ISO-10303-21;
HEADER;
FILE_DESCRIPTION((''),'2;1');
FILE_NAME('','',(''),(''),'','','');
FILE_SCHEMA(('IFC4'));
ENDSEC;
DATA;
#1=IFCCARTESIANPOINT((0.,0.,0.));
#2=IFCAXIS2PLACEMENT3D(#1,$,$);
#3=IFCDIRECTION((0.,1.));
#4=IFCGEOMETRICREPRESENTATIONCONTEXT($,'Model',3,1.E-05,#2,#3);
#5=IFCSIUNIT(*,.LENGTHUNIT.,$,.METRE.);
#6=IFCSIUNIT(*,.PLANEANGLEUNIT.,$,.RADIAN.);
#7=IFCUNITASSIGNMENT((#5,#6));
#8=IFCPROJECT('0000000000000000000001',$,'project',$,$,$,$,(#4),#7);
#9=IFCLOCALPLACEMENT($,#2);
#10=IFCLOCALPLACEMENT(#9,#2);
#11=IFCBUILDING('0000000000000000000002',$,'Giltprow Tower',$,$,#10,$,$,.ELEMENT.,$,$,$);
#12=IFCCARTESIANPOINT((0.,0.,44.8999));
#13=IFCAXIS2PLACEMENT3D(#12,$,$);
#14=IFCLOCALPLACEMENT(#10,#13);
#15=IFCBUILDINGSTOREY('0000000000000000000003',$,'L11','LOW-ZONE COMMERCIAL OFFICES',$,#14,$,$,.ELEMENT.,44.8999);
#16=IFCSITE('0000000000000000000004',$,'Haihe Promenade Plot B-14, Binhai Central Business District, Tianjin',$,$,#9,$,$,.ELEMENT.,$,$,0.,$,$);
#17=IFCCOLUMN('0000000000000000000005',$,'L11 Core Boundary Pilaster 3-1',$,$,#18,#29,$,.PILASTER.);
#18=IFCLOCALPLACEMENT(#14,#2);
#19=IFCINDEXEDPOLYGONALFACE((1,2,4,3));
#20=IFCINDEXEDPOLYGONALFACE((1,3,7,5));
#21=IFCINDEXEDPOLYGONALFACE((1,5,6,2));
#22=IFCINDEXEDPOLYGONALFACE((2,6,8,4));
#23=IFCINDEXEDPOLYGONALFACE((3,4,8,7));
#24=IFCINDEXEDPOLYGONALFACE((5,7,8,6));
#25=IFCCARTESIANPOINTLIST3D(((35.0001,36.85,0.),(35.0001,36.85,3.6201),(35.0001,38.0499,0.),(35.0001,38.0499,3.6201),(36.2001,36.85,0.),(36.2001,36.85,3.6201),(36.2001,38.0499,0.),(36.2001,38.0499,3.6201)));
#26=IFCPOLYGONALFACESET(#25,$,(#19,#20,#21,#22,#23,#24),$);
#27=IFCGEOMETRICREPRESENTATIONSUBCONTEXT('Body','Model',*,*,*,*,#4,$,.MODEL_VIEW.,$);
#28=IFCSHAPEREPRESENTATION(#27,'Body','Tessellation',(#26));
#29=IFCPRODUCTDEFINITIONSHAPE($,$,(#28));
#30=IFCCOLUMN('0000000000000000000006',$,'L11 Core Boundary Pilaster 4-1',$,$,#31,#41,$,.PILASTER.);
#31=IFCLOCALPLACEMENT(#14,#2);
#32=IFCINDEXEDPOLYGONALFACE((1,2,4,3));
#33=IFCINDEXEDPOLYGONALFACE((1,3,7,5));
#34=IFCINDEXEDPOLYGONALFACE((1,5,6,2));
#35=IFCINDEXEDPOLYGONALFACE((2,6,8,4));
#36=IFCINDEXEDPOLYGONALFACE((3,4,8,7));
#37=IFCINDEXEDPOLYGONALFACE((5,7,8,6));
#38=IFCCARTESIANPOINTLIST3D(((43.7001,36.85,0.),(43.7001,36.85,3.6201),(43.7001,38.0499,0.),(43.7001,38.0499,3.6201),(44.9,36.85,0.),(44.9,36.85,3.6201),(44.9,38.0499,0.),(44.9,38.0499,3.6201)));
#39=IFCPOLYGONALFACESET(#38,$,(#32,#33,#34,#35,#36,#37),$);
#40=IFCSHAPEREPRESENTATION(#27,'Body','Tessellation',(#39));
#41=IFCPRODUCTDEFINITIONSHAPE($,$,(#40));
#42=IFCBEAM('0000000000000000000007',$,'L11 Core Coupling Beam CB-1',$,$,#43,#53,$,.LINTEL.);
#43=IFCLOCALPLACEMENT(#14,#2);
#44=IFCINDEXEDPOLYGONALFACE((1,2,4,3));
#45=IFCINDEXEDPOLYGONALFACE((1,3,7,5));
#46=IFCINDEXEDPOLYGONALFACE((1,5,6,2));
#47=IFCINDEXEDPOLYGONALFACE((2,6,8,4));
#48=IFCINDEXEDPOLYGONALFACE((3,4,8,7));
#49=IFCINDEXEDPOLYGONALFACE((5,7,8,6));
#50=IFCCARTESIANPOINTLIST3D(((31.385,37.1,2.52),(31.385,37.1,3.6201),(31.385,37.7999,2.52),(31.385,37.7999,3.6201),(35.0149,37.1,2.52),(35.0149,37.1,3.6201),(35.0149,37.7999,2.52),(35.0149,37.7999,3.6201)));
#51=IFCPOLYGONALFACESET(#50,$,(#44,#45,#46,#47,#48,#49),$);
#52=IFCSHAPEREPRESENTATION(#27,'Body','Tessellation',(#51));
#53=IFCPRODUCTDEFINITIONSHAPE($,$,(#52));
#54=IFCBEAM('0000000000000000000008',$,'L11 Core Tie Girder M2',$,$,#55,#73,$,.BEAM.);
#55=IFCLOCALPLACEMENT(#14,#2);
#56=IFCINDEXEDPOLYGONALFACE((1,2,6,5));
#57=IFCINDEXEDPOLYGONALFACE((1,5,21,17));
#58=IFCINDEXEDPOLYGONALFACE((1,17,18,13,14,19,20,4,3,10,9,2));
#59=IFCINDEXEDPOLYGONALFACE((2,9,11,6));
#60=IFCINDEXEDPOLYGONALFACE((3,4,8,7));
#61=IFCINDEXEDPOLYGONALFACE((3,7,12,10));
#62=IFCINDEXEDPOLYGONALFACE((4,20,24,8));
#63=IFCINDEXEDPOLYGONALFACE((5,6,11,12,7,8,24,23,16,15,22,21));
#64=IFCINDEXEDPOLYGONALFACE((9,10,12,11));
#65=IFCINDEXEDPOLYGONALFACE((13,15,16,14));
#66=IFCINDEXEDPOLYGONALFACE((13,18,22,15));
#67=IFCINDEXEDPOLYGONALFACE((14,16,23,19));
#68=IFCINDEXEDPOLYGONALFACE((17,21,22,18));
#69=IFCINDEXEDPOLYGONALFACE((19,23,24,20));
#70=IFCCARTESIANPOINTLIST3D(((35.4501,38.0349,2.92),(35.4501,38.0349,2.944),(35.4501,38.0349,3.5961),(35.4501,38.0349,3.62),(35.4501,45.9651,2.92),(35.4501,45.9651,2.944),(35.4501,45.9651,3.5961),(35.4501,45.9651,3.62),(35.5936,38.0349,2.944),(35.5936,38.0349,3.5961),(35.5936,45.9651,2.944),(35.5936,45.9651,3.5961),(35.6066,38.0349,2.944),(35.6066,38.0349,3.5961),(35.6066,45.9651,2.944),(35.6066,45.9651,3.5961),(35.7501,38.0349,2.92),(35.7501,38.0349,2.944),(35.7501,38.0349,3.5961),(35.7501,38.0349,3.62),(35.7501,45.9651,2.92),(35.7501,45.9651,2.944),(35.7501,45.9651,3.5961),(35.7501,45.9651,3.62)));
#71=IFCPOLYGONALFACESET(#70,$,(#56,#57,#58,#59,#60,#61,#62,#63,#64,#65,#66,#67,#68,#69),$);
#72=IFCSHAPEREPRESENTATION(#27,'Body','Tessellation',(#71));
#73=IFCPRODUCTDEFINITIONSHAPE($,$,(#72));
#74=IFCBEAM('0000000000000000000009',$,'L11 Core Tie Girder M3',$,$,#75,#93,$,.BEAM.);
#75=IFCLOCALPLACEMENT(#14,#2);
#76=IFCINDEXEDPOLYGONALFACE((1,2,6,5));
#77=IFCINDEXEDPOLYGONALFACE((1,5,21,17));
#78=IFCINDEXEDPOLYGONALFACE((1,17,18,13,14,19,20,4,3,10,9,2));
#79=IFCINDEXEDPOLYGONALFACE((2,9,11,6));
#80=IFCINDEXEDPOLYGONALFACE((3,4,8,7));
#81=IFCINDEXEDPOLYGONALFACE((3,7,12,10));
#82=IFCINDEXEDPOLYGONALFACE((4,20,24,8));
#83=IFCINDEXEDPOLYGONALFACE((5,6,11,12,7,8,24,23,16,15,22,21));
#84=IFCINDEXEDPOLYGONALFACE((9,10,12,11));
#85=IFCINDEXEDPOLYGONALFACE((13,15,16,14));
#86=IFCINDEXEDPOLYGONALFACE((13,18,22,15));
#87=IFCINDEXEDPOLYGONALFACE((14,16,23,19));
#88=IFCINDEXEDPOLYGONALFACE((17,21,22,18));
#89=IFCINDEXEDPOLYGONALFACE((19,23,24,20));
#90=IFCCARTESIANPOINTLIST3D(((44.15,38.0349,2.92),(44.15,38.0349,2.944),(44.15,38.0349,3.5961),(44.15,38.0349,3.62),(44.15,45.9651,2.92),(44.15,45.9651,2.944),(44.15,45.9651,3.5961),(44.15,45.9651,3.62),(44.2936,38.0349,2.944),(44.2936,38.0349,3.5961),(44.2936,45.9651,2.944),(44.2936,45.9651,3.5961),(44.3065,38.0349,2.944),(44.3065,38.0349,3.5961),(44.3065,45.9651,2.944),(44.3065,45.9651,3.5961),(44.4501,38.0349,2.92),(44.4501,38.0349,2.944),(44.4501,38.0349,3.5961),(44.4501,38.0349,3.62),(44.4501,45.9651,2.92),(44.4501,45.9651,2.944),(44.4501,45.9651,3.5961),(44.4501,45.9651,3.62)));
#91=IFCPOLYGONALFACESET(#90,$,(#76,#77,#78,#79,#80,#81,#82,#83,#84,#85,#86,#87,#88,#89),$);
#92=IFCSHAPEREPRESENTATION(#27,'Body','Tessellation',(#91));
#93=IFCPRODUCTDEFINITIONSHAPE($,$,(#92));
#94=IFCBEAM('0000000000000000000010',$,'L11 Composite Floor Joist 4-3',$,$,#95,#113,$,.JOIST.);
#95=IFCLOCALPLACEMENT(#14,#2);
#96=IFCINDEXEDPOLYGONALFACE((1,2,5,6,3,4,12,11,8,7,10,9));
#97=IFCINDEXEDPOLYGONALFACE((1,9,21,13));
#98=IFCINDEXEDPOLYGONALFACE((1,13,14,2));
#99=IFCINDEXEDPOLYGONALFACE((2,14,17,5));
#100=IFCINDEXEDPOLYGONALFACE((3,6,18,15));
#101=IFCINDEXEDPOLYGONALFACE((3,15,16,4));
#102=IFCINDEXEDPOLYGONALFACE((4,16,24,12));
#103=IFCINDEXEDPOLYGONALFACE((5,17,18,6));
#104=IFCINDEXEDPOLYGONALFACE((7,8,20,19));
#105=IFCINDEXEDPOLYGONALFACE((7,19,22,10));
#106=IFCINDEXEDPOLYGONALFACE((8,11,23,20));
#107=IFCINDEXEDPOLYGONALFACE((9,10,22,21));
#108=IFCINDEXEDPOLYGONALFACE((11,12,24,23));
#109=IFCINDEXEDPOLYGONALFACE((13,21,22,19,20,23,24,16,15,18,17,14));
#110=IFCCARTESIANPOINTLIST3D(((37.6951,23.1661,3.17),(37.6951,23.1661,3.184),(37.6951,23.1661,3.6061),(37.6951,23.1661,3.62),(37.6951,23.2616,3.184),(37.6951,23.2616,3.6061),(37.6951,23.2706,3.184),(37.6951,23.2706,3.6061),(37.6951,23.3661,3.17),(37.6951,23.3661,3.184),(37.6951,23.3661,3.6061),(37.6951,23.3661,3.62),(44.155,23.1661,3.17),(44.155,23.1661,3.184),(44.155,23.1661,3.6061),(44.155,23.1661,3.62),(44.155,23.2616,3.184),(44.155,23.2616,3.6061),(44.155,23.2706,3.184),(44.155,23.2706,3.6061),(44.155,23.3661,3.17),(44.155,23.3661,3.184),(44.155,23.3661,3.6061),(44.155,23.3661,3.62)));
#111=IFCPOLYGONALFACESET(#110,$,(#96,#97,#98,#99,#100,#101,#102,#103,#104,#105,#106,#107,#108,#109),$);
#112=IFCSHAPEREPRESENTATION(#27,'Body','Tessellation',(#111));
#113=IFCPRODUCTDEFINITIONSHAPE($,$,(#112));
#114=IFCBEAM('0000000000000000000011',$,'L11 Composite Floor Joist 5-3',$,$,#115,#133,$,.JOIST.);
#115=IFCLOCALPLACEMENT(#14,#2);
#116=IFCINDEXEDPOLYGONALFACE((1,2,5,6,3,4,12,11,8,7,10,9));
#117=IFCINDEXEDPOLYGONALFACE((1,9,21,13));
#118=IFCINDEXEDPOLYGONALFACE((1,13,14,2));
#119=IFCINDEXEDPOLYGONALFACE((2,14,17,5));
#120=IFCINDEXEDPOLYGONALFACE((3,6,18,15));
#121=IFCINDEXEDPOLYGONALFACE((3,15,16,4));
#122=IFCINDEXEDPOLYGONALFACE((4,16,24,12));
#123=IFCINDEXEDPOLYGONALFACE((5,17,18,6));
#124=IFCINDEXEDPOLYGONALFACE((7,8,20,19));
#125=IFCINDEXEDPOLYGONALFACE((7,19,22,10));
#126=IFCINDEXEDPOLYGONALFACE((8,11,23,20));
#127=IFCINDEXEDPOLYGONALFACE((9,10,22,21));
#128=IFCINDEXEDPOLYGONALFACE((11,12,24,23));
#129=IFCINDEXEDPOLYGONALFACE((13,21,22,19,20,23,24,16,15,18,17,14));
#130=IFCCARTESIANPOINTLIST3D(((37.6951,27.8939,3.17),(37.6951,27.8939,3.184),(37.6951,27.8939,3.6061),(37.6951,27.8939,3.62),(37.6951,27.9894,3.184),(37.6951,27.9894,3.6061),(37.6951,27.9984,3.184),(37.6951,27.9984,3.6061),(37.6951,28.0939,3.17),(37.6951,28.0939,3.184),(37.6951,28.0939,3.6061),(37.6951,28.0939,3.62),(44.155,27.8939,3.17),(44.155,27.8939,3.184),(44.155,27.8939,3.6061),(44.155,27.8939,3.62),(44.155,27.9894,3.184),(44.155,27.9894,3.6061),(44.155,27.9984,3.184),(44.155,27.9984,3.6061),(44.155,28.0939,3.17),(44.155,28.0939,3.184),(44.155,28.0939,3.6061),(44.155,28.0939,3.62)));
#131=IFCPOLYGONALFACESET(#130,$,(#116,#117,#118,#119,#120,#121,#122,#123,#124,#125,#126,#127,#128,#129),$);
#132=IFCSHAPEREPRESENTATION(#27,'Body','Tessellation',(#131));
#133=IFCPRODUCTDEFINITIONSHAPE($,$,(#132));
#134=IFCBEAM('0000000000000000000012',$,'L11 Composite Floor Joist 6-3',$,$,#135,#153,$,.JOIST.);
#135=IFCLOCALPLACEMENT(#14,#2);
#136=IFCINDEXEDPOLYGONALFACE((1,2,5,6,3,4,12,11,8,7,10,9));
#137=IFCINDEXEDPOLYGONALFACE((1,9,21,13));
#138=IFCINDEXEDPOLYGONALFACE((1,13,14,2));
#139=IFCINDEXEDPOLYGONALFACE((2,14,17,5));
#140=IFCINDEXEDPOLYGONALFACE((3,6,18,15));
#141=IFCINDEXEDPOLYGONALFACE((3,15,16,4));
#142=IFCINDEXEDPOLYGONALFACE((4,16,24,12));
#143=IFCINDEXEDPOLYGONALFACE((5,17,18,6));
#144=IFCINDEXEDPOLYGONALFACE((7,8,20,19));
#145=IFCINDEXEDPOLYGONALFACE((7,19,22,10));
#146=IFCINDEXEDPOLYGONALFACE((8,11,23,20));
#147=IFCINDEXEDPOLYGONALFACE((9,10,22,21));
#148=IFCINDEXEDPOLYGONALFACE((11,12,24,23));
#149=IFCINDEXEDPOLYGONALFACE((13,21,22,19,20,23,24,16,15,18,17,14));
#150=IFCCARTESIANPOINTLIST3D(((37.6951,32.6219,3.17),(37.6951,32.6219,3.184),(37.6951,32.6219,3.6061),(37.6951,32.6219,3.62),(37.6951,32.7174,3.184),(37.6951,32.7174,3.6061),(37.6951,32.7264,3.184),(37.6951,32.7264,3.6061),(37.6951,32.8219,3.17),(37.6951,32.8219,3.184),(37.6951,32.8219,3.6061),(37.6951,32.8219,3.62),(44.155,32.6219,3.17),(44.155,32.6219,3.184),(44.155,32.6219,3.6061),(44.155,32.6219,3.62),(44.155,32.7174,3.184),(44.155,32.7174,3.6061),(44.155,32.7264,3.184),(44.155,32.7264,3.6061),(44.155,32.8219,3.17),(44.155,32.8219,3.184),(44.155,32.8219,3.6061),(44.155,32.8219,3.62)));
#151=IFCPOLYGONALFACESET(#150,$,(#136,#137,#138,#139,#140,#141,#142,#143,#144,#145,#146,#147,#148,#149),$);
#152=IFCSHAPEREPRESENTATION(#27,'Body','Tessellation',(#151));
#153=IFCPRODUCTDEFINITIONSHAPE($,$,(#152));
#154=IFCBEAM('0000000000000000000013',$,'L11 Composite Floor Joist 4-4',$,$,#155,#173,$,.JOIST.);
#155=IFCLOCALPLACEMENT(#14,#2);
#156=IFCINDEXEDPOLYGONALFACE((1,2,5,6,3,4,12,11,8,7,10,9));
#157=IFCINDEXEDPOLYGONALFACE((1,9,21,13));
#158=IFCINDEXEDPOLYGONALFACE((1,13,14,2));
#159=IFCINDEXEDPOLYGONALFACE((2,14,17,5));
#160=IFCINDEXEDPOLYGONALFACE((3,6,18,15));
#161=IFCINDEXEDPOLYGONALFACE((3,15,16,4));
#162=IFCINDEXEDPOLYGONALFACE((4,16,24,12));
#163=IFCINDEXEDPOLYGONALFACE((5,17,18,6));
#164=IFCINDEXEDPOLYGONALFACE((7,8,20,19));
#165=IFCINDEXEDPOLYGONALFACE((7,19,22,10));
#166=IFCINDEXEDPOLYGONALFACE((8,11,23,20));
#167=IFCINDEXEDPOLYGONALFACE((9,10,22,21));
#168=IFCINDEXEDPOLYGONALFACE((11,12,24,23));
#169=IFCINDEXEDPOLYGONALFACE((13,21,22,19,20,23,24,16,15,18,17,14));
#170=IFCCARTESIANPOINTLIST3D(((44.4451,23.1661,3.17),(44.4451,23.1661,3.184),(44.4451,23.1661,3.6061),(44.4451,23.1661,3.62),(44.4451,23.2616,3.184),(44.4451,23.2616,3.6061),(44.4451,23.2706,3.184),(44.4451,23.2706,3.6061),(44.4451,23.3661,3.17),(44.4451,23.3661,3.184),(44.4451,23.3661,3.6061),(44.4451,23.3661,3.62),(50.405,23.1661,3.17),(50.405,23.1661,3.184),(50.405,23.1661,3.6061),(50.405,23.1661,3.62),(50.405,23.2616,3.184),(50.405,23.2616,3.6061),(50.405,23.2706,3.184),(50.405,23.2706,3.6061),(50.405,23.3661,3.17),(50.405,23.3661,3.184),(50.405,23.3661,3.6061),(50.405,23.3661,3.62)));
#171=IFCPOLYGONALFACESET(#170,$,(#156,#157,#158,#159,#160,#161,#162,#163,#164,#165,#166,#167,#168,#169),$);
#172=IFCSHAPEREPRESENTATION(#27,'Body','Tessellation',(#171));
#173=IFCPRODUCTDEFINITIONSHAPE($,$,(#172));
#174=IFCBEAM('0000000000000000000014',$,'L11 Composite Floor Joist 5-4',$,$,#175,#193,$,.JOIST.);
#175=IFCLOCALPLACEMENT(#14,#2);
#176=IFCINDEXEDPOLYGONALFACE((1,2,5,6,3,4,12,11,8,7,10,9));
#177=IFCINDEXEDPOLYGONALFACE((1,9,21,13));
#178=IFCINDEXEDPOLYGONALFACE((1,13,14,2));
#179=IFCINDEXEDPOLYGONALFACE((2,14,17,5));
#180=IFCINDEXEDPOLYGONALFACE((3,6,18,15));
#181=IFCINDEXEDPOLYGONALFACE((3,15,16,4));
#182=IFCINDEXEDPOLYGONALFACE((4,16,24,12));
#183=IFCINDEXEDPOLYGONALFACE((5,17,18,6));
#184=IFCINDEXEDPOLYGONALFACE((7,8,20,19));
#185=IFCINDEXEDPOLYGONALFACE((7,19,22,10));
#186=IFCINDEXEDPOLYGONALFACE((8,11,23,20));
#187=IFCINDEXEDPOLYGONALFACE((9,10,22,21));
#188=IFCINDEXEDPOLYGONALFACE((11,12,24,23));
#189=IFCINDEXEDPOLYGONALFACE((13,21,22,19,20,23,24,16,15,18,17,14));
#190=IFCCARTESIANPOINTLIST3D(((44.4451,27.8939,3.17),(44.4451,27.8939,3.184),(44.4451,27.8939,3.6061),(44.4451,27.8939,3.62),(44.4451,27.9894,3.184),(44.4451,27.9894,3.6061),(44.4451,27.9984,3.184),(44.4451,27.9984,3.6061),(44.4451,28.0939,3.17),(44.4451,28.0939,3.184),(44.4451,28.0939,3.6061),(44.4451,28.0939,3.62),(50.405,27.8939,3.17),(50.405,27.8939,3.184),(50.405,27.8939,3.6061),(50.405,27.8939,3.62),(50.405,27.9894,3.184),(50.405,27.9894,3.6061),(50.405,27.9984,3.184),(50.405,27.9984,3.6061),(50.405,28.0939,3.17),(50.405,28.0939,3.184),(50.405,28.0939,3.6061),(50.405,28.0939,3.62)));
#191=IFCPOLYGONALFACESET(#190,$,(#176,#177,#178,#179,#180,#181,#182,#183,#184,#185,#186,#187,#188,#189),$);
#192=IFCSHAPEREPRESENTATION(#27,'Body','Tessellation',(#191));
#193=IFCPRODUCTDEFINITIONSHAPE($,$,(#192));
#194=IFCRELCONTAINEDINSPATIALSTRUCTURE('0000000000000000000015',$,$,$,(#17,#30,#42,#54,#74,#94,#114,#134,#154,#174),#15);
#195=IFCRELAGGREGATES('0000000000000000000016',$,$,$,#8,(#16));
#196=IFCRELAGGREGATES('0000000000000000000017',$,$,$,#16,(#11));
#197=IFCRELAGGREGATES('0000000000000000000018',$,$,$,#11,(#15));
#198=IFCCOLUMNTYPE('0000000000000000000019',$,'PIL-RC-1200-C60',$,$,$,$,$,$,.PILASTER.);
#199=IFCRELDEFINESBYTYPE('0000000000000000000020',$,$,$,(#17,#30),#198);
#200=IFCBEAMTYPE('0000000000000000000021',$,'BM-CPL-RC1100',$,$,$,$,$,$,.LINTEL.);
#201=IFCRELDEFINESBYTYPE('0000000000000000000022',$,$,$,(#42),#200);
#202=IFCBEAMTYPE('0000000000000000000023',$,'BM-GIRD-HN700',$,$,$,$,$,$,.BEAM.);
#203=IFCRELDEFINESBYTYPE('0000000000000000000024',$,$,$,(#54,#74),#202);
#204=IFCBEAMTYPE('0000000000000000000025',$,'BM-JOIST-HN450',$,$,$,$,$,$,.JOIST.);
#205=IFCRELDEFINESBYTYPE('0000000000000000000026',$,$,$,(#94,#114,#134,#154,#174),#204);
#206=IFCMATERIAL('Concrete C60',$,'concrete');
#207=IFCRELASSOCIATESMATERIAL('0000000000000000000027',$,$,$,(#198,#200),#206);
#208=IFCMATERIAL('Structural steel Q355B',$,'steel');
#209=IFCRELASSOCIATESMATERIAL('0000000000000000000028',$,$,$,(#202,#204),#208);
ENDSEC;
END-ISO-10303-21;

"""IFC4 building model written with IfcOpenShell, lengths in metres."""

from ifc_helpers import new_model, si_unit, direction, frame, origin, origin_2d, place, context, subcontext, project, spatial, rectangle, i_section, extrude, source, transform, mapped, material, material_profile, profile_set, type_object, element, save


model = new_model("IFC4")

# Units and contexts
model_context = context("Model", 3, precision=1e-05, world=origin(), true_north=direction((0.0, 1.0)))
body_context = subcontext(model_context, "Body", "Model", "MODEL_VIEW")
ifc_project = project(units=[si_unit("LENGTHUNIT", "METRE"), si_unit("PLANEANGLEUNIT", "RADIAN")], contexts=[model_context])

# Site, building, storey
site_placement = place(None, origin())
site = spatial("IfcSite", under=ifc_project, at=site_placement, Name="Haihe Promenade Plot B-14, Binhai Central Business District, Tianjin", CompositionType="ELEMENT", RefElevation=0.0)
building_placement = place(site_placement, origin())
building = spatial("IfcBuilding", under=site, at=building_placement, Name="Giltprow Tower", CompositionType="ELEMENT")
storey_placement = place(building_placement, frame((0.0, 0.0, 44.8999)))
storey = spatial("IfcBuildingStorey", under=building, at=storey_placement, Name="L11", Description="LOW-ZONE COMMERCIAL OFFICES", CompositionType="ELEMENT", Elevation=44.8999)

# Columns
ifc_material_1 = material(Name="Concrete C60", Category="concrete")
ifc_material_profile_1 = material_profile(ifc_material_1, rectangle(XDim=1.2, YDim=1.2, at=origin_2d()), Name="RC 1200x1200")
ifc_profile_set_1 = profile_set([ifc_material_profile_1], Name="Concrete C60")
column_type = type_object("IfcColumnType", Name="PIL-RC-1200-C60", PredefinedType="PILASTER", material=ifc_profile_set_1)
shared_shape_1 = source(origin(), body_context, "Body", "SweptSolid", [
    extrude(rectangle(XDim=1.2, YDim=1.2, at=origin_2d()), origin(), (0.0, 0.0, 1.0), 3.6201),
])
for number, where, z_axis, x_axis, name in (
    (1, (35.6001, 37.45, 0.0), (0.0, 0.0, 1.0), (1.0, 0.0, 0.0), "L11 Core Boundary Pilaster 3-1"),
    (2, (44.3, 37.45, 0.0), (0.0, 0.0, 1.0), (1.0, 0.0, 0.0), "L11 Core Boundary Pilaster 4-1"),
):
    element("IfcColumn", number, at=place(storey_placement, frame(where, z_axis=z_axis, x_axis=x_axis)), inside=storey, type_object=column_type, Name=name, PredefinedType="PILASTER", context=body_context, shape_type="MappedRepresentation", body=[
        mapped(shared_shape_1, transform((0.0, 0.0, 0.0), x_axis=(1.0, 0.0, 0.0), y_axis=(0.0, 1.0, 0.0), z_axis=(0.0, 0.0, 1.0), scale=1.0)),
    ])

# Beams
ifc_material_profile_2 = material_profile(ifc_material_1, rectangle(XDim=0.7, YDim=1.1001, at=origin_2d()), Name="RC 1100x700")
ifc_profile_set_2 = profile_set([ifc_material_profile_2], Name="Concrete C60")
beam_type_1 = type_object("IfcBeamType", Name="BM-CPL-RC1100", PredefinedType="LINTEL", material=ifc_profile_set_2)
shared_shape_2 = source(origin(), body_context, "Body", "SweptSolid", [
    extrude(rectangle(XDim=0.7, YDim=1.1001, at=origin_2d()), origin(), (0.0, 0.0, 1.0), 3.6299),
])
beam_placement = place(storey_placement, frame((31.385, 37.45, 3.0701), z_axis=(1.0, 0.0, 0.0), x_axis=(0.0, 1.0, 0.0)))
element("IfcBeam", 3, at=beam_placement, inside=storey, type_object=beam_type_1, Name="L11 Core Coupling Beam CB-1", PredefinedType="LINTEL", context=body_context, shape_type="MappedRepresentation", body=[
    mapped(shared_shape_2, transform((0.0, 0.0, 0.0), x_axis=(1.0, 0.0, 0.0), y_axis=(0.0, 1.0, 0.0), z_axis=(0.0, 0.0, 1.0), scale=1.0)),
])
ifc_material_2 = material(Name="Structural steel Q355B", Category="steel")
ifc_material_profile_3 = material_profile(ifc_material_2, i_section(OverallWidth=0.3, OverallDepth=0.7, WebThickness=0.0129, FlangeThickness=0.0239, at=origin_2d()), Name="HN 700x300x13x24")
ifc_profile_set_3 = profile_set([ifc_material_profile_3], Name="Structural steel Q355B")
beam_type_2 = type_object("IfcBeamType", Name="BM-GIRD-HN700", PredefinedType="BEAM", material=ifc_profile_set_3)
shared_shape_3 = source(origin(), body_context, "Body", "SweptSolid", [
    extrude(i_section(OverallWidth=0.3, OverallDepth=0.7, WebThickness=0.0129, FlangeThickness=0.0239, at=origin_2d()), origin(), (0.0, 0.0, 1.0), 7.9302),
])
for number, where, z_axis, x_axis, name in (
    (4, (35.6001, 38.0349, 3.27), (0.0, 1.0, 0.0), (-1.0, 0.0, 0.0), "L11 Core Tie Girder M2"),
    (5, (44.3, 38.0349, 3.27), (0.0, 1.0, 0.0), (-1.0, 0.0, 0.0), "L11 Core Tie Girder M3"),
):
    element("IfcBeam", number, at=place(storey_placement, frame(where, z_axis=z_axis, x_axis=x_axis)), inside=storey, type_object=beam_type_2, Name=name, PredefinedType="BEAM", context=body_context, shape_type="MappedRepresentation", body=[
        mapped(shared_shape_3, transform((0.0, 0.0, 0.0), x_axis=(1.0, 0.0, 0.0), y_axis=(0.0, 1.0, 0.0), z_axis=(0.0, 0.0, 1.0), scale=1.0)),
    ])
ifc_material_profile_4 = material_profile(ifc_material_2, i_section(OverallWidth=0.2, OverallDepth=0.45, WebThickness=0.009, FlangeThickness=0.0139, at=origin_2d()), Name="HN 450x200x9x14")
ifc_profile_set_4 = profile_set([ifc_material_profile_4], Name="Structural steel Q355B")
beam_type_3 = type_object("IfcBeamType", Name="BM-JOIST-HN450", PredefinedType="JOIST", material=ifc_profile_set_4)
shared_shape_4 = source(origin(), body_context, "Body", "SweptSolid", [
    extrude(i_section(OverallWidth=0.2, OverallDepth=0.45, WebThickness=0.009, FlangeThickness=0.0139, at=origin_2d()), origin(), (0.0, 0.0, 1.0), 6.46),
])
for number, where, z_axis, x_axis, name in (
    (6, (37.6951, 23.2661, 3.395), (1.0, 0.0, 0.0), (0.0, 1.0, 0.0), "L11 Composite Floor Joist 4-3"),
    (7, (37.6951, 27.9939, 3.395), (1.0, 0.0, 0.0), (0.0, 1.0, 0.0), "L11 Composite Floor Joist 5-3"),
    (8, (37.6951, 32.7219, 3.395), (1.0, 0.0, 0.0), (0.0, 1.0, 0.0), "L11 Composite Floor Joist 6-3"),
):
    element("IfcBeam", number, at=place(storey_placement, frame(where, z_axis=z_axis, x_axis=x_axis)), inside=storey, type_object=beam_type_3, Name=name, PredefinedType="JOIST", context=body_context, shape_type="MappedRepresentation", body=[
        mapped(shared_shape_4, transform((0.0, 0.0, 0.0), x_axis=(1.0, 0.0, 0.0), y_axis=(0.0, 1.0, 0.0), z_axis=(0.0, 0.0, 1.0), scale=1.0)),
    ])
shared_shape_5 = source(origin(), body_context, "Body", "SweptSolid", [
    extrude(i_section(OverallWidth=0.2, OverallDepth=0.45, WebThickness=0.009, FlangeThickness=0.0139, at=origin_2d()), origin(), (0.0, 0.0, 1.0), 5.96),
])
for number, where, z_axis, x_axis, name in (
    (9, (44.4451, 23.2661, 3.395), (1.0, 0.0, 0.0), (0.0, 1.0, 0.0), "L11 Composite Floor Joist 4-4"),
    (10, (44.4451, 27.9939, 3.395), (1.0, 0.0, 0.0), (0.0, 1.0, 0.0), "L11 Composite Floor Joist 5-4"),
):
    element("IfcBeam", number, at=place(storey_placement, frame(where, z_axis=z_axis, x_axis=x_axis)), inside=storey, type_object=beam_type_3, Name=name, PredefinedType="JOIST", context=body_context, shape_type="MappedRepresentation", body=[
        mapped(shared_shape_5, transform((0.0, 0.0, 0.0), x_axis=(1.0, 0.0, 0.0), y_axis=(0.0, 1.0, 0.0), z_axis=(0.0, 0.0, 1.0), scale=1.0)),
    ])

save(model, "model.ifc")
